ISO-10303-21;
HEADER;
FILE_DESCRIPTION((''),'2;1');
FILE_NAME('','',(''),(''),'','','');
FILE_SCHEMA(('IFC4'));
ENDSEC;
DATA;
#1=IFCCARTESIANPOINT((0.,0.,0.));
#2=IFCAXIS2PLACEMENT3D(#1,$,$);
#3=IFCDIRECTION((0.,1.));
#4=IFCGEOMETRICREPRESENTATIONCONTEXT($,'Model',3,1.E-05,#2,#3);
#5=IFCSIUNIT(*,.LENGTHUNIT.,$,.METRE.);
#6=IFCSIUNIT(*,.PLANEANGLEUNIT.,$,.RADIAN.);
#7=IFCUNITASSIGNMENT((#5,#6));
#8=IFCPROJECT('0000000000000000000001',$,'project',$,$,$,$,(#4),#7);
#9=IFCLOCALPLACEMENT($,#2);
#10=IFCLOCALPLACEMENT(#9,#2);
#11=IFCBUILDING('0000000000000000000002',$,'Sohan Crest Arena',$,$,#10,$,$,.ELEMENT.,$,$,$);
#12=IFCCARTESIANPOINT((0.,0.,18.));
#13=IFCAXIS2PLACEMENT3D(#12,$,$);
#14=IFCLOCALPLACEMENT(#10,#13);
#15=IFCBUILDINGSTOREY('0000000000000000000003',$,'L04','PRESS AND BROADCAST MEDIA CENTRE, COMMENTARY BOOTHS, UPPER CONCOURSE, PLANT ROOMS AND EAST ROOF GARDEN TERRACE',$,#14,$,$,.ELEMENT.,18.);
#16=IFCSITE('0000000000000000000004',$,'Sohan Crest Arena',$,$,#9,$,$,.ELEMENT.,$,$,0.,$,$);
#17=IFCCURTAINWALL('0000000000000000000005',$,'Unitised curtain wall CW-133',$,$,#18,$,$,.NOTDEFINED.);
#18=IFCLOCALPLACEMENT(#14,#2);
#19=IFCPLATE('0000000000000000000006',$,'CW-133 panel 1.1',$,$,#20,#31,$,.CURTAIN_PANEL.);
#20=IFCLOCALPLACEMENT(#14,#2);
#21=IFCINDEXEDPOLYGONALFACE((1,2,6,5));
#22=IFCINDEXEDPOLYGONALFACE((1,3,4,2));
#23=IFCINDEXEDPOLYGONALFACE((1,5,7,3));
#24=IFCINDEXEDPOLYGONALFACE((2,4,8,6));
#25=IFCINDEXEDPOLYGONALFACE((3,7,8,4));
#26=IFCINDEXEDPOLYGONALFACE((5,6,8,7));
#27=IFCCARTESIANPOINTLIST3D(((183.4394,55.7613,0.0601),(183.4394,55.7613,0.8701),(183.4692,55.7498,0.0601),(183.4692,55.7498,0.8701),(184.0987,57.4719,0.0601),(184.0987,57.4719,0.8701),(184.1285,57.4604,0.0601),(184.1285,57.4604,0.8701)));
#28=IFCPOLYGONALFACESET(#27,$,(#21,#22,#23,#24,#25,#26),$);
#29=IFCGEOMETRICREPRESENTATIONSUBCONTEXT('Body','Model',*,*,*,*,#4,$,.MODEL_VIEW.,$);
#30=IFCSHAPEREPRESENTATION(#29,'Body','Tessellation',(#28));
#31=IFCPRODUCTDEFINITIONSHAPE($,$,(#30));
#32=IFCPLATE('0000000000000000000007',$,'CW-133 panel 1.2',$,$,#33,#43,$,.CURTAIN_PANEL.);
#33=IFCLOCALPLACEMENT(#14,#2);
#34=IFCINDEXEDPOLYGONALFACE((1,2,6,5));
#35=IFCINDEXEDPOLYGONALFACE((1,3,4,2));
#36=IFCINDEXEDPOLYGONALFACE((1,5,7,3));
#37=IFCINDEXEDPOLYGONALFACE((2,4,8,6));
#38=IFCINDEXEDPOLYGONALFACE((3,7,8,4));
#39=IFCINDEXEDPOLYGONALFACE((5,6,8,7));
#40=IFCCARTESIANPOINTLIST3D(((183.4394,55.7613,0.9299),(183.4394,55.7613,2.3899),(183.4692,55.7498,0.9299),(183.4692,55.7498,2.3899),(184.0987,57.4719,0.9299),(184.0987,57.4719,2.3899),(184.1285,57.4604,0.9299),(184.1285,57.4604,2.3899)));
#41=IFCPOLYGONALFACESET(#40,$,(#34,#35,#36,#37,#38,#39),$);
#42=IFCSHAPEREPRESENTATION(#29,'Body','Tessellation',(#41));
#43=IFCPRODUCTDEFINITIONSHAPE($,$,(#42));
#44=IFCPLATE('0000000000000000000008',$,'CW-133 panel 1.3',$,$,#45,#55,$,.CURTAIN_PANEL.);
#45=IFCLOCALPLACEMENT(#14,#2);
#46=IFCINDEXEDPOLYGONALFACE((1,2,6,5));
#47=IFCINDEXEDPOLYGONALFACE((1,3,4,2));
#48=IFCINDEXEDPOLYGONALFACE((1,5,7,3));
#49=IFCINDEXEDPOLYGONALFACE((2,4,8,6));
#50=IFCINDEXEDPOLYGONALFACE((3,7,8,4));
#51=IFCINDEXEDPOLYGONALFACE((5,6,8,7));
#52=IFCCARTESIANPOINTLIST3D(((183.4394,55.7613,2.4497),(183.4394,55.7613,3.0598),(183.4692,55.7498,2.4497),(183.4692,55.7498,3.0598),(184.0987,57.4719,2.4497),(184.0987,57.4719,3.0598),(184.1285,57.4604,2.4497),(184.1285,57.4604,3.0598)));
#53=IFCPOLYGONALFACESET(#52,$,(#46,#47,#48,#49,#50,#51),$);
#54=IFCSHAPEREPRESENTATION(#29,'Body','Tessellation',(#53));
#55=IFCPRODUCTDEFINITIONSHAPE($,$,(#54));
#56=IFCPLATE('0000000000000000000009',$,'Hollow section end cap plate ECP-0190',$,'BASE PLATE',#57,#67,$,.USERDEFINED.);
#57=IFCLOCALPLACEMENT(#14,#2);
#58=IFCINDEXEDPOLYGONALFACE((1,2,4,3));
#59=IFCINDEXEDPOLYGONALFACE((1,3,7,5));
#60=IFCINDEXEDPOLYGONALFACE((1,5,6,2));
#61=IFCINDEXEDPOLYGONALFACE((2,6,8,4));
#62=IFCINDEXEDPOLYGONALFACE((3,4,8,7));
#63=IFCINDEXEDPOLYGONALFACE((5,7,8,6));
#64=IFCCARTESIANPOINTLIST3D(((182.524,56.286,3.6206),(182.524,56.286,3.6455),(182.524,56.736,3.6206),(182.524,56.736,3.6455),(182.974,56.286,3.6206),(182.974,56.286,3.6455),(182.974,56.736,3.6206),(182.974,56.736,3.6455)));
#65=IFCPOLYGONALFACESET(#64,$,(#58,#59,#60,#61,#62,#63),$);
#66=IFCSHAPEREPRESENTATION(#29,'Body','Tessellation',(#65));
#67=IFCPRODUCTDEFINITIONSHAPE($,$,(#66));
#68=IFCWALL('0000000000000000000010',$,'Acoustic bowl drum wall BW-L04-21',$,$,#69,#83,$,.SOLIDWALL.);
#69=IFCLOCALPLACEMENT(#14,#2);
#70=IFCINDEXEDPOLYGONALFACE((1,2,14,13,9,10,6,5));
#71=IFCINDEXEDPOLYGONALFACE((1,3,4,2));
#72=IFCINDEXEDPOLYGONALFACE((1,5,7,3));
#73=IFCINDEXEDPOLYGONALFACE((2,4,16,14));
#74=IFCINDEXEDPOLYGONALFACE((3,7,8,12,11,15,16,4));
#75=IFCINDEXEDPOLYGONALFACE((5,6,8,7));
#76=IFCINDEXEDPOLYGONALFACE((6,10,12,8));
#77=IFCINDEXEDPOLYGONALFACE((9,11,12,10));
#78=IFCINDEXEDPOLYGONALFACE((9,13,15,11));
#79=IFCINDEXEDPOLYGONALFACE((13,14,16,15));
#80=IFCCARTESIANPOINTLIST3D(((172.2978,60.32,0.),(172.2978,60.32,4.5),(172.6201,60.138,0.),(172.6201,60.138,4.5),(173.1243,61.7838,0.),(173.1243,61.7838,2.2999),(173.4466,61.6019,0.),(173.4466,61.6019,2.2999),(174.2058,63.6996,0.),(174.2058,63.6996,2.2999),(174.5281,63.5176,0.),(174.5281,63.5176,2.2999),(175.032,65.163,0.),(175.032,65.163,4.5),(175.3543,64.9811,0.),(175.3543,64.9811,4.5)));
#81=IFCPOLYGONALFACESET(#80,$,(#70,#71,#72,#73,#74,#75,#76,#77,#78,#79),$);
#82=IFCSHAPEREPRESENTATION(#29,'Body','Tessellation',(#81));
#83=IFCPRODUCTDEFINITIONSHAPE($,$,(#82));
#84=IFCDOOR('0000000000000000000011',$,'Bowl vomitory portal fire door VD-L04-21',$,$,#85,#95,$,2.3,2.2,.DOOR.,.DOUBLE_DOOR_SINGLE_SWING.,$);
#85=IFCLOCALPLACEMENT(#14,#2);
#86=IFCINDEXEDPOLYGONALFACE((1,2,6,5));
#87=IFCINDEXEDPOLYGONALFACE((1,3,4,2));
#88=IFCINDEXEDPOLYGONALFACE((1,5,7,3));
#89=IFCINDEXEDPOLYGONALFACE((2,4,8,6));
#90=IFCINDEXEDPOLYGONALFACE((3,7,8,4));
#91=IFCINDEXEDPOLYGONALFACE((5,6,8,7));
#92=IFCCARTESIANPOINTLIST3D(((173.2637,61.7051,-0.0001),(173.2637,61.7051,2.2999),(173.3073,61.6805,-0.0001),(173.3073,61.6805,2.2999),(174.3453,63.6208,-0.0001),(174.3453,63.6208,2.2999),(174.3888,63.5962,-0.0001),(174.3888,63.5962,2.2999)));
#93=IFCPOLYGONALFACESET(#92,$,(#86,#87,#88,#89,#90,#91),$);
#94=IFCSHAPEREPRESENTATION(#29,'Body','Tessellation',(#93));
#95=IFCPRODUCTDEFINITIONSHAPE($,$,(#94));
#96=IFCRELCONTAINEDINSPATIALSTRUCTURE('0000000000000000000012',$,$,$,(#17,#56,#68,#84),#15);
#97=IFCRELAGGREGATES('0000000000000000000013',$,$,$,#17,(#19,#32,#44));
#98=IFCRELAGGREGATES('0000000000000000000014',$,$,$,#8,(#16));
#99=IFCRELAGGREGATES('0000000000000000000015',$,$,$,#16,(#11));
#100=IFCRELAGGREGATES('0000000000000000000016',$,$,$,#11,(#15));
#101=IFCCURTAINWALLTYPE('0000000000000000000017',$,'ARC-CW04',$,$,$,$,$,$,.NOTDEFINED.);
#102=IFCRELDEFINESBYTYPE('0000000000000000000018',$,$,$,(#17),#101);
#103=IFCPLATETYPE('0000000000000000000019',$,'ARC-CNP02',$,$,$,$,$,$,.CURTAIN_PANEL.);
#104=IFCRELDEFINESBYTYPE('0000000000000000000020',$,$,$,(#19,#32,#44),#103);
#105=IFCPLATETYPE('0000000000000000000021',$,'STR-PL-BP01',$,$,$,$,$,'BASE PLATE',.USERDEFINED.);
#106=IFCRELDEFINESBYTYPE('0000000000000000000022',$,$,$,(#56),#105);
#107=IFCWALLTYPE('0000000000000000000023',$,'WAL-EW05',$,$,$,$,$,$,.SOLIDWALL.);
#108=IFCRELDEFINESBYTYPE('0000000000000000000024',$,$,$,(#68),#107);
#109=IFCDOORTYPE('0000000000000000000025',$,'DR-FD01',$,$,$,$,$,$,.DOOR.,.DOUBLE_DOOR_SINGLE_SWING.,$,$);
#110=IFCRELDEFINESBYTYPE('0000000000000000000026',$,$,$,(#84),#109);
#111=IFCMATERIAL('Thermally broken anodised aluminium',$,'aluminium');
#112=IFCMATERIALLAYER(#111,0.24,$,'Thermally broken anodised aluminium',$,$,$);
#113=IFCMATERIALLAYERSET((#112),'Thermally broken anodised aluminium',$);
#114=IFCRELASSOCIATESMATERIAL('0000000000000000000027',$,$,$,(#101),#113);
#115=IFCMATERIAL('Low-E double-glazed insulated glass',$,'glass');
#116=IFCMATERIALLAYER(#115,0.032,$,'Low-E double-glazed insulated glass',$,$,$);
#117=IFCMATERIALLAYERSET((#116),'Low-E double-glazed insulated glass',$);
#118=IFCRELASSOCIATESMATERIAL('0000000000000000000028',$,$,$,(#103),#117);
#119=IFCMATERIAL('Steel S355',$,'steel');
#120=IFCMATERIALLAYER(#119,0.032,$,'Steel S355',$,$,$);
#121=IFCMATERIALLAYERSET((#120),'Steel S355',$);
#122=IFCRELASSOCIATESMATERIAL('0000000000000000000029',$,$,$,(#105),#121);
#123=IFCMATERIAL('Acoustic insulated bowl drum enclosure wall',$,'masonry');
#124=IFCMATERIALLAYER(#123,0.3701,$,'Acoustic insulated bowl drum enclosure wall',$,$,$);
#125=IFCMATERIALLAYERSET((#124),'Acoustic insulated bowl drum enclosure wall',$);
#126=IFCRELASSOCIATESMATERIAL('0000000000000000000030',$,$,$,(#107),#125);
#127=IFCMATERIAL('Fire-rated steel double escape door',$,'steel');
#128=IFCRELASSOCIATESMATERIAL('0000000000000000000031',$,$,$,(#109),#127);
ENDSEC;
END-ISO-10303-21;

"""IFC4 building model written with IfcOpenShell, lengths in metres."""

from ifc_helpers import new_model, si_unit, direction, frame, frame_2d, origin, origin_2d, place, context, subcontext, project, spatial, rectangle, extrude, material, layer, layer_set, type_object, element, fill, aggregate, save


model = new_model("IFC4")

# Units and contexts
model_context = context("Model", 3, precision=1e-05, world=origin(), true_north=direction((0.0, 1.0)))
body_context = subcontext(model_context, "Body", "Model", "MODEL_VIEW")
ifc_project = project(units=[si_unit("LENGTHUNIT", "METRE"), si_unit("PLANEANGLEUNIT", "RADIAN")], contexts=[model_context])

# Site, building, storey
site_placement = place(None, origin())
site = spatial("IfcSite", under=ifc_project, at=site_placement, Name="Sohan Crest Arena", CompositionType="ELEMENT", RefElevation=0.0)
building_placement = place(site_placement, origin())
building = spatial("IfcBuilding", under=site, at=building_placement, Name="Sohan Crest Arena", CompositionType="ELEMENT")
storey_placement = place(building_placement, frame((0.0, 0.0, 18.0)))
storey = spatial("IfcBuildingStorey", under=building, at=storey_placement, Name="L04", Description="PRESS AND BROADCAST MEDIA CENTRE, COMMENTARY BOOTHS, UPPER CONCOURSE, PLANT ROOMS AND EAST ROOF GARDEN TERRACE", CompositionType="ELEMENT", Elevation=18.0)

# Shared definitions
ifc_material_1 = material(Name="Steel S355", Category="steel")

# Curtain wall
ifc_material_2 = material(Name="Thermally broken anodised aluminium", Category="aluminium")
ifc_layer_1 = layer(ifc_material_2, 0.24, Name="Thermally broken anodised aluminium")
ifc_layer_set_1 = layer_set([ifc_layer_1], Name="Thermally broken anodised aluminium")
curtain_wall_type = type_object("IfcCurtainWallType", Name="ARC-CW04", PredefinedType="NOTDEFINED", material=ifc_layer_set_1)
curtain_wall_placement = place(storey_placement, origin())
curtain_wall = element("IfcCurtainWall", 1, at=curtain_wall_placement, inside=storey, type_object=curtain_wall_type, Name="Unitised curtain wall CW-133", PredefinedType="NOTDEFINED")

# Plates
ifc_material_3 = material(Name="Low-E double-glazed insulated glass", Category="glass")
ifc_layer_2 = layer(ifc_material_3, 0.032, Name="Low-E double-glazed insulated glass")
ifc_layer_set_2 = layer_set([ifc_layer_2], Name="Low-E double-glazed insulated glass")
plate_type_1 = type_object("IfcPlateType", Name="ARC-CNP02", PredefinedType="CURTAIN_PANEL", material=ifc_layer_set_2)
plate_1_placement = place(storey_placement, frame((183.7839, 56.6108, 0.0601), z_axis=(0.0, 0.0, 1.0), x_axis=(0.359633, 0.933094, 0.0)))
plate_1 = element("IfcPlate", 2, at=plate_1_placement, type_object=plate_type_1, Name="CW-133 panel 1.1", PredefinedType="CURTAIN_PANEL", context=body_context, shape_type="SweptSolid", body=[
    extrude(rectangle(XDim=1.8333, YDim=0.032, at=origin_2d()), origin(), (0.0, 0.0, 1.0), 0.8101),
])
plate_2_placement = place(storey_placement, frame((183.7839, 56.6108, 0.9299), z_axis=(0.0, 0.0, 1.0), x_axis=(0.359633, 0.933094, 0.0)))
plate_2 = element("IfcPlate", 3, at=plate_2_placement, type_object=plate_type_1, Name="CW-133 panel 1.2", PredefinedType="CURTAIN_PANEL", context=body_context, shape_type="SweptSolid", body=[
    extrude(rectangle(XDim=1.8333, YDim=0.032, at=origin_2d()), origin(), (0.0, 0.0, 1.0), 1.46),
])
plate_3_placement = place(storey_placement, frame((183.7839, 56.6108, 2.4497), z_axis=(0.0, 0.0, 1.0), x_axis=(0.359633, 0.933094, 0.0)))
plate_3 = element("IfcPlate", 4, at=plate_3_placement, type_object=plate_type_1, Name="CW-133 panel 1.3", PredefinedType="CURTAIN_PANEL", context=body_context, shape_type="SweptSolid", body=[
    extrude(rectangle(XDim=1.8333, YDim=0.032, at=origin_2d()), origin(), (0.0, 0.0, 1.0), 0.6101),
])
aggregate(curtain_wall, [plate_1, plate_2, plate_3])
ifc_layer_3 = layer(ifc_material_1, 0.032, Name="Steel S355")
ifc_layer_set_3 = layer_set([ifc_layer_3], Name="Steel S355")
plate_type_2 = type_object("IfcPlateType", Name="STR-PL-BP01", ElementType="BASE PLATE", PredefinedType="USERDEFINED", material=ifc_layer_set_3)
plate_4_placement = place(storey_placement, frame((182.749, 56.511, 3.6206), z_axis=(0.0, 0.0, 1.0), x_axis=(1.0, 0.0, 0.0)))
element("IfcPlate", 5, at=plate_4_placement, inside=storey, type_object=plate_type_2, Name="Hollow section end cap plate ECP-0190", ObjectType="BASE PLATE", PredefinedType="USERDEFINED", context=body_context, shape_type="SweptSolid", body=[
    extrude(rectangle(XDim=0.45, YDim=0.45, at=origin_2d()), origin(), (0.0, 0.0, 1.0), 0.0249),
])

# Wall, opening, door
ifc_material_4 = material(Name="Acoustic insulated bowl drum enclosure wall", Category="masonry")
ifc_layer_4 = layer(ifc_material_4, 0.3701, Name="Acoustic insulated bowl drum enclosure wall")
ifc_layer_set_4 = layer_set([ifc_layer_4], Name="Acoustic insulated bowl drum enclosure wall")
wall_type = type_object("IfcWallType", Name="WAL-EW05", PredefinedType="SOLIDWALL", material=ifc_layer_set_4)
wall_placement = place(storey_placement, frame((172.459, 60.229, 0.0), z_axis=(0.0, 0.0, 1.0), x_axis=(0.491617, 0.870811, 0.0)))
wall = element("IfcWall", 6, at=wall_placement, inside=storey, type_object=wall_type, Name="Acoustic bowl drum wall BW-L04-21", PredefinedType="SOLIDWALL", context=body_context, shape_type="SweptSolid", body=[
    extrude(rectangle(XDim=5.5615, YDim=0.3701, at=frame_2d((2.7808, 0.0))), origin(), (0.0, 0.0, 1.0), 4.5),
])
opening_placement = place(wall_placement, frame((1.6809, 0.0, 0.0)))
opening = element("IfcOpeningElement", 7, at=opening_placement, cuts=wall, PredefinedType="OPENING", context=body_context, shape_type="SweptSolid", body=[
    extrude(rectangle(XDim=2.2, YDim=2.3, at=frame_2d((1.1001, 1.1499))), frame((0.0, 0.1951, 0.0), z_axis=(0.0, -1.0, 0.0), x_axis=(1.0, 0.0, 0.0)), (0.0, 0.0, 1.0), 0.3901),
])
ifc_material_5 = material(Name="Fire-rated steel double escape door", Category="steel")
door_type = type_object("IfcDoorType", Name="DR-FD01", OperationType="DOUBLE_DOOR_SINGLE_SWING", PredefinedType="DOOR", material=ifc_material_5)
door_placement = place(opening_placement, origin())
door = element("IfcDoor", 8, at=door_placement, inside=storey, type_object=door_type, Name="Bowl vomitory portal fire door VD-L04-21", OperationType="DOUBLE_DOOR_SINGLE_SWING", OverallHeight=2.3, OverallWidth=2.2, PredefinedType="DOOR", context=body_context, shape_type="SweptSolid", body=[
    extrude(rectangle(XDim=2.2, YDim=2.3, at=frame_2d((1.1001, 1.1499))), frame((0.0, 0.0249, 0.0), z_axis=(0.0, -1.0, 0.0), x_axis=(1.0, 0.0, 0.0)), (0.0, 0.0, 1.0), 0.05),
])
fill(opening, door)

save(model, "model.ifc")
